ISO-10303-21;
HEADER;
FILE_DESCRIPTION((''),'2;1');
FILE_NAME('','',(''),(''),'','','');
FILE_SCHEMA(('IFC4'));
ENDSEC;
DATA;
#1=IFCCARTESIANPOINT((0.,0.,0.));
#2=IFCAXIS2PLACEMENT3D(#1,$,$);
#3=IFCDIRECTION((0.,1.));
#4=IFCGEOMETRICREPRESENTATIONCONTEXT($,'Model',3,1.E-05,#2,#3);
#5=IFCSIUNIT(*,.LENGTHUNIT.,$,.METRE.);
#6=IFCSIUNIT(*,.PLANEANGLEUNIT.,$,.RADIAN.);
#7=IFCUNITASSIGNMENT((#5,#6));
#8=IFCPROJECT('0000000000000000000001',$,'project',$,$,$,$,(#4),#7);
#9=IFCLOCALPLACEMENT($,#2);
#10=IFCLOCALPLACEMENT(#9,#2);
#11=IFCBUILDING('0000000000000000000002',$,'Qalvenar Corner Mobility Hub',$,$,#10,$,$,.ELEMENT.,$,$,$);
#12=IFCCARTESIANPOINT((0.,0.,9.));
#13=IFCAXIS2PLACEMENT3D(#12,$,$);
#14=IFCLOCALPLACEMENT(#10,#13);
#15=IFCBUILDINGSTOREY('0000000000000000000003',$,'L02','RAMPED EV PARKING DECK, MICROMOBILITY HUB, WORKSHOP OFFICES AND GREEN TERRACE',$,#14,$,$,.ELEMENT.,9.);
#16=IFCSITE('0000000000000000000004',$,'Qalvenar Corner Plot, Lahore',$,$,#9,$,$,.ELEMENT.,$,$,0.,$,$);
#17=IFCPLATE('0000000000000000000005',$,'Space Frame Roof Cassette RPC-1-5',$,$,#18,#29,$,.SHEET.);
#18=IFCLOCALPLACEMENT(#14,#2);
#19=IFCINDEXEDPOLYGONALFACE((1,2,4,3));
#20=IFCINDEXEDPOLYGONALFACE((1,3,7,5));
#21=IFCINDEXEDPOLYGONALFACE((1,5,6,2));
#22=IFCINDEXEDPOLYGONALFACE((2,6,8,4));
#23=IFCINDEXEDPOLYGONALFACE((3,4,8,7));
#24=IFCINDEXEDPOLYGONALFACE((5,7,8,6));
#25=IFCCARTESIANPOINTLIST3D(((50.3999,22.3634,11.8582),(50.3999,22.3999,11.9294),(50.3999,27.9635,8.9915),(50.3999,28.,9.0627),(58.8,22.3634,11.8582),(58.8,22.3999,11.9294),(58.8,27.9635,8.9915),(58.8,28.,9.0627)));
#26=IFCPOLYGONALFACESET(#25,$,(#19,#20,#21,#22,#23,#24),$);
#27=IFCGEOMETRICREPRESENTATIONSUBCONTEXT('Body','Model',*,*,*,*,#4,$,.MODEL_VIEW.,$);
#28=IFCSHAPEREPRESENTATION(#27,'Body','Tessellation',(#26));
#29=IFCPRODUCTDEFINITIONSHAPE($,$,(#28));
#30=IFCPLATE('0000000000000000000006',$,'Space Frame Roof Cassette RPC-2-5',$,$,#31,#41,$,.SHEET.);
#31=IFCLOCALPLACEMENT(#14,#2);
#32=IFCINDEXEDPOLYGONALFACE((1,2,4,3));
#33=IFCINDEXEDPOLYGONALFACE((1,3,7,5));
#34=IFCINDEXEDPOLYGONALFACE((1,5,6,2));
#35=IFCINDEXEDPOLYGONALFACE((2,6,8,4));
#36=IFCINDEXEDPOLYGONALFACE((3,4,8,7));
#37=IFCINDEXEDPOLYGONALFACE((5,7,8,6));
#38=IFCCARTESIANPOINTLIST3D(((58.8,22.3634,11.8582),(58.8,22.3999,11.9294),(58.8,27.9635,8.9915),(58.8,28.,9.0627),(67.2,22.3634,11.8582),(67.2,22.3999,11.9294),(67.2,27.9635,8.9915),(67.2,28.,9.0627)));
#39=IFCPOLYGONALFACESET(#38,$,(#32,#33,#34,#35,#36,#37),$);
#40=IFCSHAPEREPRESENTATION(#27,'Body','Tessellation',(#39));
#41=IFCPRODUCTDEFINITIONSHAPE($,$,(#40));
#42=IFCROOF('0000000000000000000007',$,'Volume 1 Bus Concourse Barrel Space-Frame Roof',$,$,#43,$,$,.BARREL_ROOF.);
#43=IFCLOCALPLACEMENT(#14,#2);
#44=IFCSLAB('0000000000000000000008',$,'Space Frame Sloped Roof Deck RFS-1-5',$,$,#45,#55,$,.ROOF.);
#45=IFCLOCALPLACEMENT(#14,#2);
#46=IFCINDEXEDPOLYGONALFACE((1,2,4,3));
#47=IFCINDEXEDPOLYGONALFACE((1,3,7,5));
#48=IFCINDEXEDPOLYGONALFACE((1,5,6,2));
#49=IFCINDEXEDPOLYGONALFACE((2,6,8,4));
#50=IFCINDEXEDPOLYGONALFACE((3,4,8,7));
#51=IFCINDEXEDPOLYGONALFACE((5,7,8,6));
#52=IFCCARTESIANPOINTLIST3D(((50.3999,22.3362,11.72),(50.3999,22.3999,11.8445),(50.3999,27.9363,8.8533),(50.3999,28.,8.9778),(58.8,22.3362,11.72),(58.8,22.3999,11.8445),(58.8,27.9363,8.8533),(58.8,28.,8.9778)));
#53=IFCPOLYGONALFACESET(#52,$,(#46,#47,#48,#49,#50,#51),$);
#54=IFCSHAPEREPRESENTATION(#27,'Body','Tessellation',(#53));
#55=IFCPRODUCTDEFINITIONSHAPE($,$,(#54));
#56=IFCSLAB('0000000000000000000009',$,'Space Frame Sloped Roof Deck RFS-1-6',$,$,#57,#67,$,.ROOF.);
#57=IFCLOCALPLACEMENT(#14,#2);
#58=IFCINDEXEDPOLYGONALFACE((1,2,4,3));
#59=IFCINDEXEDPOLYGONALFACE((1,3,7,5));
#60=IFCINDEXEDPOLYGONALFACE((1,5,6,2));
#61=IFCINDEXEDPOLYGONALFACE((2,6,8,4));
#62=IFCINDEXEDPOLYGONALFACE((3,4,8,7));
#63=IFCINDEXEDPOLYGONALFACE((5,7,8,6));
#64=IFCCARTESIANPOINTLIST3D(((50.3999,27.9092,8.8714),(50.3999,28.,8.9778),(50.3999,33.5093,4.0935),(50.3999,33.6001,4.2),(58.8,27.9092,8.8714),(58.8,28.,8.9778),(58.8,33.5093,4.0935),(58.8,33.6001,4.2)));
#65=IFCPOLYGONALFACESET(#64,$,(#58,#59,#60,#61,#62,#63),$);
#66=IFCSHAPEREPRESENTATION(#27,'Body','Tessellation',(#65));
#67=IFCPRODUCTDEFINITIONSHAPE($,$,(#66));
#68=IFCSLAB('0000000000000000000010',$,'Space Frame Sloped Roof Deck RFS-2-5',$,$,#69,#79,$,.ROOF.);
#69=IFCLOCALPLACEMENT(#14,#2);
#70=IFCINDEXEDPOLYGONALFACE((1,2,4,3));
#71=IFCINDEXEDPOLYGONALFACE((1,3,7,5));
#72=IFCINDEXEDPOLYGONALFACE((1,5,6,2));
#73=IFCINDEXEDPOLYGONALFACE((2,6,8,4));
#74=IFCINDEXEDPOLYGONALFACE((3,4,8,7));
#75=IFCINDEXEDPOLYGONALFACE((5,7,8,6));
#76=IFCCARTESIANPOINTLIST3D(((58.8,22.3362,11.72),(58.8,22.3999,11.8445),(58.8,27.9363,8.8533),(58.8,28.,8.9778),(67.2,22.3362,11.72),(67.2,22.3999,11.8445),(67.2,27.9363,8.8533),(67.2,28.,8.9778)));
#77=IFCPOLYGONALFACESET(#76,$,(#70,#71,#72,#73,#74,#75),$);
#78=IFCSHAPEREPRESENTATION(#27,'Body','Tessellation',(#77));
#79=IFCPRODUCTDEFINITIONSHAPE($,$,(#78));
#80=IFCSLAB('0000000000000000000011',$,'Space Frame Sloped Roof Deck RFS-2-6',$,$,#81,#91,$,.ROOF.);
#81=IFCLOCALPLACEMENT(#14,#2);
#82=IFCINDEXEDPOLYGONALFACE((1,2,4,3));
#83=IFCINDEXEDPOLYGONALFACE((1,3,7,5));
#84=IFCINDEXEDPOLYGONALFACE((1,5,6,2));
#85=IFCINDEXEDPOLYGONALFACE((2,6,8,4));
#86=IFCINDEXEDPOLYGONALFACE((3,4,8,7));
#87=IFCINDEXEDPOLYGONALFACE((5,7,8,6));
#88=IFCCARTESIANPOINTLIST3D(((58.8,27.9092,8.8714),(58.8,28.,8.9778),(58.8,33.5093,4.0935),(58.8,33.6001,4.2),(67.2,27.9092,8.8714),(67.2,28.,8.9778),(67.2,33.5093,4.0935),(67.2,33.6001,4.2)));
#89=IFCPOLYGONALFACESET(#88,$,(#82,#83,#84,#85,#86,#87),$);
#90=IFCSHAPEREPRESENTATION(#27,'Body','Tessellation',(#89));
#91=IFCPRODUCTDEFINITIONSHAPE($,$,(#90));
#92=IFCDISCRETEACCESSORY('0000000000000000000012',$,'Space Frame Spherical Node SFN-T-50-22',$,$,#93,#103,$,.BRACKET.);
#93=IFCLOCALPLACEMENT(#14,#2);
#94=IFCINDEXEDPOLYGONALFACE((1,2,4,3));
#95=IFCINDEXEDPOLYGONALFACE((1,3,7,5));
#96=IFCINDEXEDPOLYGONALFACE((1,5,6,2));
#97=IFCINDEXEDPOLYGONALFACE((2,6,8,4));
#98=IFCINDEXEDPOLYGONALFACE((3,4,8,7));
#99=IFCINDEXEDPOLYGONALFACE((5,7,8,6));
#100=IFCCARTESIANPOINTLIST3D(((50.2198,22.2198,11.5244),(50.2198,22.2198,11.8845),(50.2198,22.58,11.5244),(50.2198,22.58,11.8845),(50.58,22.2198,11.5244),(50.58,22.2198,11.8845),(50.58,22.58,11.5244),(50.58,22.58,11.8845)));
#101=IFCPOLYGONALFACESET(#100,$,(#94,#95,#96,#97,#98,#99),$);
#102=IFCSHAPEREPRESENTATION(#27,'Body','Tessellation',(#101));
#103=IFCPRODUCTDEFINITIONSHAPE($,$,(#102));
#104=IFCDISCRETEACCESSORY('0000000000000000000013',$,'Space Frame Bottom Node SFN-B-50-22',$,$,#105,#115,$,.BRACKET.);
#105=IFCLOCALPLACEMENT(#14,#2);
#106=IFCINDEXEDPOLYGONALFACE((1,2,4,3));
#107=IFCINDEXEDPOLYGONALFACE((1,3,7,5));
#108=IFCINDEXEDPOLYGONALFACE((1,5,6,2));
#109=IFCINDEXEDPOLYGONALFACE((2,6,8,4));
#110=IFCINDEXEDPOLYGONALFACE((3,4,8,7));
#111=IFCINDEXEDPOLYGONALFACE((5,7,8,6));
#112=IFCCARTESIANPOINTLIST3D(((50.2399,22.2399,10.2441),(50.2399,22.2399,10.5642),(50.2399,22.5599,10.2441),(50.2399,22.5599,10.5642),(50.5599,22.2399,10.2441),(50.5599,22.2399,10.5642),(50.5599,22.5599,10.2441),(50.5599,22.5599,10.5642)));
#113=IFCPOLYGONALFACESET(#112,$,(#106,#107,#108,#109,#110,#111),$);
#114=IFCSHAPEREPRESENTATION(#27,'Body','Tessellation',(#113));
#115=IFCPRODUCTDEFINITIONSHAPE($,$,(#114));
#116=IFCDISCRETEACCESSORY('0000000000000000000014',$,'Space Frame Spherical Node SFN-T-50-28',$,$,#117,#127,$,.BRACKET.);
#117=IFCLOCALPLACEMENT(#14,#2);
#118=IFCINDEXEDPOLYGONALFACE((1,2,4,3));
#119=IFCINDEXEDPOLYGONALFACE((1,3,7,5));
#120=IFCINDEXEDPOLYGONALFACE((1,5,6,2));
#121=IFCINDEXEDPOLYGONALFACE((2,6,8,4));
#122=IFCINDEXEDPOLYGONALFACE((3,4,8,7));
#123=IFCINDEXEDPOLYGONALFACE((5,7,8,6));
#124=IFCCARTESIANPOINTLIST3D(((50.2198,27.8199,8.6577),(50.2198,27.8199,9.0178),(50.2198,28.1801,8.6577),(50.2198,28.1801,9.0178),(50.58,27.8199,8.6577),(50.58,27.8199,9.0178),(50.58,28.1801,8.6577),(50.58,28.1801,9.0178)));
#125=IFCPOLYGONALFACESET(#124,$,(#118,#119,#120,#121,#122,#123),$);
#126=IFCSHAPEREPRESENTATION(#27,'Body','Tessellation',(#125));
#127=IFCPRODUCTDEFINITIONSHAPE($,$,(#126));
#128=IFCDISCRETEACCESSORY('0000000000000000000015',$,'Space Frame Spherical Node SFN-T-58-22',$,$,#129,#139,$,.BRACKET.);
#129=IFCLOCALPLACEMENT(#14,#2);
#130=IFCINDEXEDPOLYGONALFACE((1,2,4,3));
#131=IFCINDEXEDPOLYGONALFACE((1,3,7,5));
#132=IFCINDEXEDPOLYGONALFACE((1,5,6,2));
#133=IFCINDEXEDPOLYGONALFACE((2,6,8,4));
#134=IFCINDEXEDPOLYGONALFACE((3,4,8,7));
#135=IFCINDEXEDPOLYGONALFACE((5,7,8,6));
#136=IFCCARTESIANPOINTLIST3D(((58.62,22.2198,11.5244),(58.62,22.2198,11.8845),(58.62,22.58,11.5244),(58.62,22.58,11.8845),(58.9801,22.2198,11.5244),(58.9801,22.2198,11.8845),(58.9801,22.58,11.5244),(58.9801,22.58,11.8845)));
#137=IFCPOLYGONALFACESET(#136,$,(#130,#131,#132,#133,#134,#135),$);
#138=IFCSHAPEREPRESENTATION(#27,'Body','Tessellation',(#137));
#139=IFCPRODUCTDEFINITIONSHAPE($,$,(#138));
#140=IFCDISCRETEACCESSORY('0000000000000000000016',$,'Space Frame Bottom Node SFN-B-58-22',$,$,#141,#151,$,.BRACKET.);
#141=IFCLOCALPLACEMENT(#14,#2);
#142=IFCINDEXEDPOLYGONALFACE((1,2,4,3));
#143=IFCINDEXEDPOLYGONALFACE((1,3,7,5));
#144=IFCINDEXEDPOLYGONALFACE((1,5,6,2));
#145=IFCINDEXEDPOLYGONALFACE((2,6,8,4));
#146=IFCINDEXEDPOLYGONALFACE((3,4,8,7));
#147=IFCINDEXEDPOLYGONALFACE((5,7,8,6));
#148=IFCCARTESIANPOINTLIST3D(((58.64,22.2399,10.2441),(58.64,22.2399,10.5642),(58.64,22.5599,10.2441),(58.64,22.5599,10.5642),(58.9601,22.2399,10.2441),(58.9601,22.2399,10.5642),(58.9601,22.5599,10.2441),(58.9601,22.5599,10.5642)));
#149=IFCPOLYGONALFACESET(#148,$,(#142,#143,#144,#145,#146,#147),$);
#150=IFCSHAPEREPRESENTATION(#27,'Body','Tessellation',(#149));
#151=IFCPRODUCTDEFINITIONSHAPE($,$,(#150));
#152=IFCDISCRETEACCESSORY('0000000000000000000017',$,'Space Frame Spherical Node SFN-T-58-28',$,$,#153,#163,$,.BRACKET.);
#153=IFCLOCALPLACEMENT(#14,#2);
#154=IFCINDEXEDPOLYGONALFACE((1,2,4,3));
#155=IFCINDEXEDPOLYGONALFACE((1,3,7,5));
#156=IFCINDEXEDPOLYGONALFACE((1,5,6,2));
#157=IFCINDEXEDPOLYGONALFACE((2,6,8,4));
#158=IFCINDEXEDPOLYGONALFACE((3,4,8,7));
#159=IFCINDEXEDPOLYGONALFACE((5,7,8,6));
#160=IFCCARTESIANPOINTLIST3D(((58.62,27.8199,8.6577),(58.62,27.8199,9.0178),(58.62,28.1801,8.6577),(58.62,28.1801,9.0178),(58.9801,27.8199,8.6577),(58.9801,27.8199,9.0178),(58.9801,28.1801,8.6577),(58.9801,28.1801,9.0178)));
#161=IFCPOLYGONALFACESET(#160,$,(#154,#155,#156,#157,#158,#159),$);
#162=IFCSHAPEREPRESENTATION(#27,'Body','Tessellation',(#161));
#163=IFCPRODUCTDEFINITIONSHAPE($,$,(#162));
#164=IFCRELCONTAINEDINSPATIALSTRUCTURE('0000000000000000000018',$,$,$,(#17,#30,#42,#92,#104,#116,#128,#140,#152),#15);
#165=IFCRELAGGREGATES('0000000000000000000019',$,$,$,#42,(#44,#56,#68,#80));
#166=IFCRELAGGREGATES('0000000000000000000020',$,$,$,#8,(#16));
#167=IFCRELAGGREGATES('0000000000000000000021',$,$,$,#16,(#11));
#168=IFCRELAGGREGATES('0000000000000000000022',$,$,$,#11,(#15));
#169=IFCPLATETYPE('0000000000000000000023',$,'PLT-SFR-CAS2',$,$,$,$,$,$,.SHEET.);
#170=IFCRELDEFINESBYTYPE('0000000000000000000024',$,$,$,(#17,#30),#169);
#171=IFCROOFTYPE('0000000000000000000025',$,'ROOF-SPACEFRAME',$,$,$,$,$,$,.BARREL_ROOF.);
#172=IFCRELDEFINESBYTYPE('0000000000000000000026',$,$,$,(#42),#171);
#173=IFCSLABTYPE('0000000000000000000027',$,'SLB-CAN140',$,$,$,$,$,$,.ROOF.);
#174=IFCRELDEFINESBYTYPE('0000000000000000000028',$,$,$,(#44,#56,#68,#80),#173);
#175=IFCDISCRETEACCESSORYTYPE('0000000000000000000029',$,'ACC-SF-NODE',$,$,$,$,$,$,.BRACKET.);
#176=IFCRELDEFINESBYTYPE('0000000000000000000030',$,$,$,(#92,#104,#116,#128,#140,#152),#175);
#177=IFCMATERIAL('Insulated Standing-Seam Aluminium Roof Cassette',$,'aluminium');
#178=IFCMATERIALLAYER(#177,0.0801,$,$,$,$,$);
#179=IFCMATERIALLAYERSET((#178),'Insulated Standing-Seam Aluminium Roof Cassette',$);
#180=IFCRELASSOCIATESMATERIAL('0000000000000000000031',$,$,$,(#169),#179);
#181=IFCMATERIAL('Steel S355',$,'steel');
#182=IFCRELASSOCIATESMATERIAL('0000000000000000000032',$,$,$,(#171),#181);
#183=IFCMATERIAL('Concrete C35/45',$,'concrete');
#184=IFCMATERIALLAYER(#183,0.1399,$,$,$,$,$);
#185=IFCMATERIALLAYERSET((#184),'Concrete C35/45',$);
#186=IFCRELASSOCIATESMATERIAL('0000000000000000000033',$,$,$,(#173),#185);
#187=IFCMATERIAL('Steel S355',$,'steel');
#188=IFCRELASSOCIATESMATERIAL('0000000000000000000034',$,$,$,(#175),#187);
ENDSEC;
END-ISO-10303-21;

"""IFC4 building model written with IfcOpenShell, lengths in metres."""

from ifc_helpers import new_model, si_unit, direction, frame, origin, origin_2d, place, context, subcontext, project, spatial, polyline, rectangle, outline, extrude, material, layer, layer_set, type_object, element, aggregate, save


model = new_model("IFC4")

# Units and contexts
model_context = context("Model", 3, precision=1e-05, world=origin(), true_north=direction((0.0, 1.0)))
body_context = subcontext(model_context, "Body", "Model", "MODEL_VIEW")
ifc_project = project(units=[si_unit("LENGTHUNIT", "METRE"), si_unit("PLANEANGLEUNIT", "RADIAN")], contexts=[model_context])

# Site, building, storey
site_placement = place(None, origin())
site = spatial("IfcSite", under=ifc_project, at=site_placement, Name="Qalvenar Corner Plot, Lahore", CompositionType="ELEMENT", RefElevation=0.0)
building_placement = place(site_placement, origin())
building = spatial("IfcBuilding", under=site, at=building_placement, Name="Qalvenar Corner Mobility Hub", CompositionType="ELEMENT")
storey_placement = place(building_placement, frame((0.0, 0.0, 9.0)))
storey = spatial("IfcBuildingStorey", under=building, at=storey_placement, Name="L02", Description="RAMPED EV PARKING DECK, MICROMOBILITY HUB, WORKSHOP OFFICES AND GREEN TERRACE", CompositionType="ELEMENT", Elevation=9.0)

# Shared definitions
ifc_material_1 = material(Name="Steel S355", Category="steel")

# Plates
ifc_material_2 = material(Name="Insulated Standing-Seam Aluminium Roof Cassette", Category="aluminium")
ifc_layer_1 = layer(ifc_material_2, 0.0801)
ifc_layer_set_1 = layer_set([ifc_layer_1], Name="Insulated Standing-Seam Aluminium Roof Cassette")
plate_type_1 = type_object("IfcPlateType", Name="PLT-SFR-CAS2", PredefinedType="SHEET", material=ifc_layer_set_1)
plate_1_placement = place(storey_placement, frame((50.3999, 22.3999, 11.9294), z_axis=(0.0, 0.455669, 0.890149), x_axis=(1.0, 0.0, 0.0)))
element("IfcPlate", 1, at=plate_1_placement, inside=storey, type_object=plate_type_1, Name="Space Frame Roof Cassette RPC-1-5", PredefinedType="SHEET", context=body_context, shape_type="SweptSolid", body=[
    extrude(outline(polyline([(0.0, 0.0), (8.4001, 0.0), (8.4001, 6.2912), (0.0, 6.2912), (0.0, 0.0)])), origin(), (0.0, 0.0, -1.0), 0.0801),
])
plate_2_placement = place(storey_placement, frame((58.8, 22.3999, 11.9294), z_axis=(0.0, 0.455669, 0.890149), x_axis=(1.0, 0.0, 0.0)))
element("IfcPlate", 2, at=plate_2_placement, inside=storey, type_object=plate_type_1, Name="Space Frame Roof Cassette RPC-2-5", PredefinedType="SHEET", context=body_context, shape_type="SweptSolid", body=[
    extrude(outline(polyline([(0.0, 0.0), (8.3999, 0.0), (8.3999, 6.2912), (0.0, 6.2912), (0.0, 0.0)])), origin(), (0.0, 0.0, -1.0), 0.0801),
])

# Roof, slabs
roof_type = type_object("IfcRoofType", Name="ROOF-SPACEFRAME", PredefinedType="BARREL_ROOF", material=ifc_material_1)
roof_placement = place(storey_placement, origin())
roof = element("IfcRoof", 3, at=roof_placement, inside=storey, type_object=roof_type, Name="Volume 1 Bus Concourse Barrel Space-Frame Roof", PredefinedType="BARREL_ROOF")
ifc_material_3 = material(Name="Concrete C35/45", Category="concrete")
ifc_layer_2 = layer(ifc_material_3, 0.1399)
ifc_layer_set_2 = layer_set([ifc_layer_2], Name="Concrete C35/45")
slab_type = type_object("IfcSlabType", Name="SLB-CAN140", PredefinedType="ROOF", material=ifc_layer_set_2)
slab_1_placement = place(storey_placement, frame((50.3999, 22.3999, 11.8445), z_axis=(0.0, 0.455669, 0.890149), x_axis=(1.0, 0.0, 0.0)))
slab_1 = element("IfcSlab", 4, at=slab_1_placement, type_object=slab_type, Name="Space Frame Sloped Roof Deck RFS-1-5", PredefinedType="ROOF", context=body_context, shape_type="SweptSolid", body=[
    extrude(outline(polyline([(0.0, 0.0), (8.4001, 0.0), (8.4001, 6.2912), (0.0, 6.2912), (0.0, 0.0)])), origin(), (0.0, 0.0, -1.0), 0.1399),
])
slab_2_placement = place(storey_placement, frame((50.3999, 28.0, 8.9778), z_axis=(0.0, 0.649047, 0.760748), x_axis=(1.0, 0.0, 0.0)))
slab_2 = element("IfcSlab", 5, at=slab_2_placement, type_object=slab_type, Name="Space Frame Sloped Roof Deck RFS-1-6", PredefinedType="ROOF", context=body_context, shape_type="SweptSolid", body=[
    extrude(outline(polyline([(0.0, 0.0), (8.4001, 0.0), (8.4001, 7.3613), (0.0, 7.3613), (0.0, 0.0)])), origin(), (0.0, 0.0, -1.0), 0.1399),
])
slab_3_placement = place(storey_placement, frame((58.8, 22.3999, 11.8445), z_axis=(0.0, 0.455669, 0.890149), x_axis=(1.0, 0.0, 0.0)))
slab_3 = element("IfcSlab", 6, at=slab_3_placement, type_object=slab_type, Name="Space Frame Sloped Roof Deck RFS-2-5", PredefinedType="ROOF", context=body_context, shape_type="SweptSolid", body=[
    extrude(outline(polyline([(0.0, 0.0), (8.3999, 0.0), (8.3999, 6.2912), (0.0, 6.2912), (0.0, 0.0)])), origin(), (0.0, 0.0, -1.0), 0.1399),
])
slab_4_placement = place(storey_placement, frame((58.8, 28.0, 8.9778), z_axis=(0.0, 0.649047, 0.760748), x_axis=(1.0, 0.0, 0.0)))
slab_4 = element("IfcSlab", 7, at=slab_4_placement, type_object=slab_type, Name="Space Frame Sloped Roof Deck RFS-2-6", PredefinedType="ROOF", context=body_context, shape_type="SweptSolid", body=[
    extrude(outline(polyline([(0.0, 0.0), (8.3999, 0.0), (8.3999, 7.3613), (0.0, 7.3613), (0.0, 0.0)])), origin(), (0.0, 0.0, -1.0), 0.1399),
])
aggregate(roof, [slab_1, slab_2, slab_3, slab_4])

# Discrete accessories
ifc_material_4 = material(Name="Steel S355", Category="steel")
discrete_accessory_type = type_object("IfcDiscreteAccessoryType", Name="ACC-SF-NODE", PredefinedType="BRACKET", material=ifc_material_4)
discrete_accessory_1_placement = place(storey_placement, frame((50.3999, 22.3999, 11.5244), z_axis=(0.0, 0.0, 1.0), x_axis=(1.0, 0.0, 0.0)))
element("IfcDiscreteAccessory", 8, at=discrete_accessory_1_placement, inside=storey, type_object=discrete_accessory_type, Name="Space Frame Spherical Node SFN-T-50-22", PredefinedType="BRACKET", context=body_context, shape_type="SweptSolid", body=[
    extrude(rectangle(XDim=0.3601, YDim=0.3601, at=origin_2d()), origin(), (0.0, 0.0, 1.0), 0.3601),
])
discrete_accessory_2_placement = place(storey_placement, frame((50.3999, 22.3999, 10.2441), z_axis=(0.0, 0.0, 1.0), x_axis=(1.0, 0.0, 0.0)))
element("IfcDiscreteAccessory", 9, at=discrete_accessory_2_placement, inside=storey, type_object=discrete_accessory_type, Name="Space Frame Bottom Node SFN-B-50-22", PredefinedType="BRACKET", context=body_context, shape_type="SweptSolid", body=[
    extrude(rectangle(XDim=0.3201, YDim=0.3201, at=origin_2d()), origin(), (0.0, 0.0, 1.0), 0.3201),
])
for number, where, z_axis, x_axis, name in (
    (10, (50.3999, 28.0, 8.6577), (0.0, 0.0, 1.0), (1.0, 0.0, 0.0), "Space Frame Spherical Node SFN-T-50-28"),
    (11, (58.8, 22.3999, 11.5244), (0.0, 0.0, 1.0), (1.0, 0.0, 0.0), "Space Frame Spherical Node SFN-T-58-22"),
):
    element("IfcDiscreteAccessory", number, at=place(storey_placement, frame(where, z_axis=z_axis, x_axis=x_axis)), inside=storey, type_object=discrete_accessory_type, Name=name, PredefinedType="BRACKET", context=body_context, shape_type="SweptSolid", body=[
        extrude(rectangle(XDim=0.3601, YDim=0.3601, at=origin_2d()), origin(), (0.0, 0.0, 1.0), 0.3601),
    ])
discrete_accessory_3_placement = place(storey_placement, frame((58.8, 22.3999, 10.2441), z_axis=(0.0, 0.0, 1.0), x_axis=(1.0, 0.0, 0.0)))
element("IfcDiscreteAccessory", 12, at=discrete_accessory_3_placement, inside=storey, type_object=discrete_accessory_type, Name="Space Frame Bottom Node SFN-B-58-22", PredefinedType="BRACKET", context=body_context, shape_type="SweptSolid", body=[
    extrude(rectangle(XDim=0.3201, YDim=0.3201, at=origin_2d()), origin(), (0.0, 0.0, 1.0), 0.3201),
])
discrete_accessory_4_placement = place(storey_placement, frame((58.8, 28.0, 8.6577), z_axis=(0.0, 0.0, 1.0), x_axis=(1.0, 0.0, 0.0)))
element("IfcDiscreteAccessory", 13, at=discrete_accessory_4_placement, inside=storey, type_object=discrete_accessory_type, Name="Space Frame Spherical Node SFN-T-58-28", PredefinedType="BRACKET", context=body_context, shape_type="SweptSolid", body=[
    extrude(rectangle(XDim=0.3601, YDim=0.3601, at=origin_2d()), origin(), (0.0, 0.0, 1.0), 0.3601),
])

save(model, "model.ifc")
